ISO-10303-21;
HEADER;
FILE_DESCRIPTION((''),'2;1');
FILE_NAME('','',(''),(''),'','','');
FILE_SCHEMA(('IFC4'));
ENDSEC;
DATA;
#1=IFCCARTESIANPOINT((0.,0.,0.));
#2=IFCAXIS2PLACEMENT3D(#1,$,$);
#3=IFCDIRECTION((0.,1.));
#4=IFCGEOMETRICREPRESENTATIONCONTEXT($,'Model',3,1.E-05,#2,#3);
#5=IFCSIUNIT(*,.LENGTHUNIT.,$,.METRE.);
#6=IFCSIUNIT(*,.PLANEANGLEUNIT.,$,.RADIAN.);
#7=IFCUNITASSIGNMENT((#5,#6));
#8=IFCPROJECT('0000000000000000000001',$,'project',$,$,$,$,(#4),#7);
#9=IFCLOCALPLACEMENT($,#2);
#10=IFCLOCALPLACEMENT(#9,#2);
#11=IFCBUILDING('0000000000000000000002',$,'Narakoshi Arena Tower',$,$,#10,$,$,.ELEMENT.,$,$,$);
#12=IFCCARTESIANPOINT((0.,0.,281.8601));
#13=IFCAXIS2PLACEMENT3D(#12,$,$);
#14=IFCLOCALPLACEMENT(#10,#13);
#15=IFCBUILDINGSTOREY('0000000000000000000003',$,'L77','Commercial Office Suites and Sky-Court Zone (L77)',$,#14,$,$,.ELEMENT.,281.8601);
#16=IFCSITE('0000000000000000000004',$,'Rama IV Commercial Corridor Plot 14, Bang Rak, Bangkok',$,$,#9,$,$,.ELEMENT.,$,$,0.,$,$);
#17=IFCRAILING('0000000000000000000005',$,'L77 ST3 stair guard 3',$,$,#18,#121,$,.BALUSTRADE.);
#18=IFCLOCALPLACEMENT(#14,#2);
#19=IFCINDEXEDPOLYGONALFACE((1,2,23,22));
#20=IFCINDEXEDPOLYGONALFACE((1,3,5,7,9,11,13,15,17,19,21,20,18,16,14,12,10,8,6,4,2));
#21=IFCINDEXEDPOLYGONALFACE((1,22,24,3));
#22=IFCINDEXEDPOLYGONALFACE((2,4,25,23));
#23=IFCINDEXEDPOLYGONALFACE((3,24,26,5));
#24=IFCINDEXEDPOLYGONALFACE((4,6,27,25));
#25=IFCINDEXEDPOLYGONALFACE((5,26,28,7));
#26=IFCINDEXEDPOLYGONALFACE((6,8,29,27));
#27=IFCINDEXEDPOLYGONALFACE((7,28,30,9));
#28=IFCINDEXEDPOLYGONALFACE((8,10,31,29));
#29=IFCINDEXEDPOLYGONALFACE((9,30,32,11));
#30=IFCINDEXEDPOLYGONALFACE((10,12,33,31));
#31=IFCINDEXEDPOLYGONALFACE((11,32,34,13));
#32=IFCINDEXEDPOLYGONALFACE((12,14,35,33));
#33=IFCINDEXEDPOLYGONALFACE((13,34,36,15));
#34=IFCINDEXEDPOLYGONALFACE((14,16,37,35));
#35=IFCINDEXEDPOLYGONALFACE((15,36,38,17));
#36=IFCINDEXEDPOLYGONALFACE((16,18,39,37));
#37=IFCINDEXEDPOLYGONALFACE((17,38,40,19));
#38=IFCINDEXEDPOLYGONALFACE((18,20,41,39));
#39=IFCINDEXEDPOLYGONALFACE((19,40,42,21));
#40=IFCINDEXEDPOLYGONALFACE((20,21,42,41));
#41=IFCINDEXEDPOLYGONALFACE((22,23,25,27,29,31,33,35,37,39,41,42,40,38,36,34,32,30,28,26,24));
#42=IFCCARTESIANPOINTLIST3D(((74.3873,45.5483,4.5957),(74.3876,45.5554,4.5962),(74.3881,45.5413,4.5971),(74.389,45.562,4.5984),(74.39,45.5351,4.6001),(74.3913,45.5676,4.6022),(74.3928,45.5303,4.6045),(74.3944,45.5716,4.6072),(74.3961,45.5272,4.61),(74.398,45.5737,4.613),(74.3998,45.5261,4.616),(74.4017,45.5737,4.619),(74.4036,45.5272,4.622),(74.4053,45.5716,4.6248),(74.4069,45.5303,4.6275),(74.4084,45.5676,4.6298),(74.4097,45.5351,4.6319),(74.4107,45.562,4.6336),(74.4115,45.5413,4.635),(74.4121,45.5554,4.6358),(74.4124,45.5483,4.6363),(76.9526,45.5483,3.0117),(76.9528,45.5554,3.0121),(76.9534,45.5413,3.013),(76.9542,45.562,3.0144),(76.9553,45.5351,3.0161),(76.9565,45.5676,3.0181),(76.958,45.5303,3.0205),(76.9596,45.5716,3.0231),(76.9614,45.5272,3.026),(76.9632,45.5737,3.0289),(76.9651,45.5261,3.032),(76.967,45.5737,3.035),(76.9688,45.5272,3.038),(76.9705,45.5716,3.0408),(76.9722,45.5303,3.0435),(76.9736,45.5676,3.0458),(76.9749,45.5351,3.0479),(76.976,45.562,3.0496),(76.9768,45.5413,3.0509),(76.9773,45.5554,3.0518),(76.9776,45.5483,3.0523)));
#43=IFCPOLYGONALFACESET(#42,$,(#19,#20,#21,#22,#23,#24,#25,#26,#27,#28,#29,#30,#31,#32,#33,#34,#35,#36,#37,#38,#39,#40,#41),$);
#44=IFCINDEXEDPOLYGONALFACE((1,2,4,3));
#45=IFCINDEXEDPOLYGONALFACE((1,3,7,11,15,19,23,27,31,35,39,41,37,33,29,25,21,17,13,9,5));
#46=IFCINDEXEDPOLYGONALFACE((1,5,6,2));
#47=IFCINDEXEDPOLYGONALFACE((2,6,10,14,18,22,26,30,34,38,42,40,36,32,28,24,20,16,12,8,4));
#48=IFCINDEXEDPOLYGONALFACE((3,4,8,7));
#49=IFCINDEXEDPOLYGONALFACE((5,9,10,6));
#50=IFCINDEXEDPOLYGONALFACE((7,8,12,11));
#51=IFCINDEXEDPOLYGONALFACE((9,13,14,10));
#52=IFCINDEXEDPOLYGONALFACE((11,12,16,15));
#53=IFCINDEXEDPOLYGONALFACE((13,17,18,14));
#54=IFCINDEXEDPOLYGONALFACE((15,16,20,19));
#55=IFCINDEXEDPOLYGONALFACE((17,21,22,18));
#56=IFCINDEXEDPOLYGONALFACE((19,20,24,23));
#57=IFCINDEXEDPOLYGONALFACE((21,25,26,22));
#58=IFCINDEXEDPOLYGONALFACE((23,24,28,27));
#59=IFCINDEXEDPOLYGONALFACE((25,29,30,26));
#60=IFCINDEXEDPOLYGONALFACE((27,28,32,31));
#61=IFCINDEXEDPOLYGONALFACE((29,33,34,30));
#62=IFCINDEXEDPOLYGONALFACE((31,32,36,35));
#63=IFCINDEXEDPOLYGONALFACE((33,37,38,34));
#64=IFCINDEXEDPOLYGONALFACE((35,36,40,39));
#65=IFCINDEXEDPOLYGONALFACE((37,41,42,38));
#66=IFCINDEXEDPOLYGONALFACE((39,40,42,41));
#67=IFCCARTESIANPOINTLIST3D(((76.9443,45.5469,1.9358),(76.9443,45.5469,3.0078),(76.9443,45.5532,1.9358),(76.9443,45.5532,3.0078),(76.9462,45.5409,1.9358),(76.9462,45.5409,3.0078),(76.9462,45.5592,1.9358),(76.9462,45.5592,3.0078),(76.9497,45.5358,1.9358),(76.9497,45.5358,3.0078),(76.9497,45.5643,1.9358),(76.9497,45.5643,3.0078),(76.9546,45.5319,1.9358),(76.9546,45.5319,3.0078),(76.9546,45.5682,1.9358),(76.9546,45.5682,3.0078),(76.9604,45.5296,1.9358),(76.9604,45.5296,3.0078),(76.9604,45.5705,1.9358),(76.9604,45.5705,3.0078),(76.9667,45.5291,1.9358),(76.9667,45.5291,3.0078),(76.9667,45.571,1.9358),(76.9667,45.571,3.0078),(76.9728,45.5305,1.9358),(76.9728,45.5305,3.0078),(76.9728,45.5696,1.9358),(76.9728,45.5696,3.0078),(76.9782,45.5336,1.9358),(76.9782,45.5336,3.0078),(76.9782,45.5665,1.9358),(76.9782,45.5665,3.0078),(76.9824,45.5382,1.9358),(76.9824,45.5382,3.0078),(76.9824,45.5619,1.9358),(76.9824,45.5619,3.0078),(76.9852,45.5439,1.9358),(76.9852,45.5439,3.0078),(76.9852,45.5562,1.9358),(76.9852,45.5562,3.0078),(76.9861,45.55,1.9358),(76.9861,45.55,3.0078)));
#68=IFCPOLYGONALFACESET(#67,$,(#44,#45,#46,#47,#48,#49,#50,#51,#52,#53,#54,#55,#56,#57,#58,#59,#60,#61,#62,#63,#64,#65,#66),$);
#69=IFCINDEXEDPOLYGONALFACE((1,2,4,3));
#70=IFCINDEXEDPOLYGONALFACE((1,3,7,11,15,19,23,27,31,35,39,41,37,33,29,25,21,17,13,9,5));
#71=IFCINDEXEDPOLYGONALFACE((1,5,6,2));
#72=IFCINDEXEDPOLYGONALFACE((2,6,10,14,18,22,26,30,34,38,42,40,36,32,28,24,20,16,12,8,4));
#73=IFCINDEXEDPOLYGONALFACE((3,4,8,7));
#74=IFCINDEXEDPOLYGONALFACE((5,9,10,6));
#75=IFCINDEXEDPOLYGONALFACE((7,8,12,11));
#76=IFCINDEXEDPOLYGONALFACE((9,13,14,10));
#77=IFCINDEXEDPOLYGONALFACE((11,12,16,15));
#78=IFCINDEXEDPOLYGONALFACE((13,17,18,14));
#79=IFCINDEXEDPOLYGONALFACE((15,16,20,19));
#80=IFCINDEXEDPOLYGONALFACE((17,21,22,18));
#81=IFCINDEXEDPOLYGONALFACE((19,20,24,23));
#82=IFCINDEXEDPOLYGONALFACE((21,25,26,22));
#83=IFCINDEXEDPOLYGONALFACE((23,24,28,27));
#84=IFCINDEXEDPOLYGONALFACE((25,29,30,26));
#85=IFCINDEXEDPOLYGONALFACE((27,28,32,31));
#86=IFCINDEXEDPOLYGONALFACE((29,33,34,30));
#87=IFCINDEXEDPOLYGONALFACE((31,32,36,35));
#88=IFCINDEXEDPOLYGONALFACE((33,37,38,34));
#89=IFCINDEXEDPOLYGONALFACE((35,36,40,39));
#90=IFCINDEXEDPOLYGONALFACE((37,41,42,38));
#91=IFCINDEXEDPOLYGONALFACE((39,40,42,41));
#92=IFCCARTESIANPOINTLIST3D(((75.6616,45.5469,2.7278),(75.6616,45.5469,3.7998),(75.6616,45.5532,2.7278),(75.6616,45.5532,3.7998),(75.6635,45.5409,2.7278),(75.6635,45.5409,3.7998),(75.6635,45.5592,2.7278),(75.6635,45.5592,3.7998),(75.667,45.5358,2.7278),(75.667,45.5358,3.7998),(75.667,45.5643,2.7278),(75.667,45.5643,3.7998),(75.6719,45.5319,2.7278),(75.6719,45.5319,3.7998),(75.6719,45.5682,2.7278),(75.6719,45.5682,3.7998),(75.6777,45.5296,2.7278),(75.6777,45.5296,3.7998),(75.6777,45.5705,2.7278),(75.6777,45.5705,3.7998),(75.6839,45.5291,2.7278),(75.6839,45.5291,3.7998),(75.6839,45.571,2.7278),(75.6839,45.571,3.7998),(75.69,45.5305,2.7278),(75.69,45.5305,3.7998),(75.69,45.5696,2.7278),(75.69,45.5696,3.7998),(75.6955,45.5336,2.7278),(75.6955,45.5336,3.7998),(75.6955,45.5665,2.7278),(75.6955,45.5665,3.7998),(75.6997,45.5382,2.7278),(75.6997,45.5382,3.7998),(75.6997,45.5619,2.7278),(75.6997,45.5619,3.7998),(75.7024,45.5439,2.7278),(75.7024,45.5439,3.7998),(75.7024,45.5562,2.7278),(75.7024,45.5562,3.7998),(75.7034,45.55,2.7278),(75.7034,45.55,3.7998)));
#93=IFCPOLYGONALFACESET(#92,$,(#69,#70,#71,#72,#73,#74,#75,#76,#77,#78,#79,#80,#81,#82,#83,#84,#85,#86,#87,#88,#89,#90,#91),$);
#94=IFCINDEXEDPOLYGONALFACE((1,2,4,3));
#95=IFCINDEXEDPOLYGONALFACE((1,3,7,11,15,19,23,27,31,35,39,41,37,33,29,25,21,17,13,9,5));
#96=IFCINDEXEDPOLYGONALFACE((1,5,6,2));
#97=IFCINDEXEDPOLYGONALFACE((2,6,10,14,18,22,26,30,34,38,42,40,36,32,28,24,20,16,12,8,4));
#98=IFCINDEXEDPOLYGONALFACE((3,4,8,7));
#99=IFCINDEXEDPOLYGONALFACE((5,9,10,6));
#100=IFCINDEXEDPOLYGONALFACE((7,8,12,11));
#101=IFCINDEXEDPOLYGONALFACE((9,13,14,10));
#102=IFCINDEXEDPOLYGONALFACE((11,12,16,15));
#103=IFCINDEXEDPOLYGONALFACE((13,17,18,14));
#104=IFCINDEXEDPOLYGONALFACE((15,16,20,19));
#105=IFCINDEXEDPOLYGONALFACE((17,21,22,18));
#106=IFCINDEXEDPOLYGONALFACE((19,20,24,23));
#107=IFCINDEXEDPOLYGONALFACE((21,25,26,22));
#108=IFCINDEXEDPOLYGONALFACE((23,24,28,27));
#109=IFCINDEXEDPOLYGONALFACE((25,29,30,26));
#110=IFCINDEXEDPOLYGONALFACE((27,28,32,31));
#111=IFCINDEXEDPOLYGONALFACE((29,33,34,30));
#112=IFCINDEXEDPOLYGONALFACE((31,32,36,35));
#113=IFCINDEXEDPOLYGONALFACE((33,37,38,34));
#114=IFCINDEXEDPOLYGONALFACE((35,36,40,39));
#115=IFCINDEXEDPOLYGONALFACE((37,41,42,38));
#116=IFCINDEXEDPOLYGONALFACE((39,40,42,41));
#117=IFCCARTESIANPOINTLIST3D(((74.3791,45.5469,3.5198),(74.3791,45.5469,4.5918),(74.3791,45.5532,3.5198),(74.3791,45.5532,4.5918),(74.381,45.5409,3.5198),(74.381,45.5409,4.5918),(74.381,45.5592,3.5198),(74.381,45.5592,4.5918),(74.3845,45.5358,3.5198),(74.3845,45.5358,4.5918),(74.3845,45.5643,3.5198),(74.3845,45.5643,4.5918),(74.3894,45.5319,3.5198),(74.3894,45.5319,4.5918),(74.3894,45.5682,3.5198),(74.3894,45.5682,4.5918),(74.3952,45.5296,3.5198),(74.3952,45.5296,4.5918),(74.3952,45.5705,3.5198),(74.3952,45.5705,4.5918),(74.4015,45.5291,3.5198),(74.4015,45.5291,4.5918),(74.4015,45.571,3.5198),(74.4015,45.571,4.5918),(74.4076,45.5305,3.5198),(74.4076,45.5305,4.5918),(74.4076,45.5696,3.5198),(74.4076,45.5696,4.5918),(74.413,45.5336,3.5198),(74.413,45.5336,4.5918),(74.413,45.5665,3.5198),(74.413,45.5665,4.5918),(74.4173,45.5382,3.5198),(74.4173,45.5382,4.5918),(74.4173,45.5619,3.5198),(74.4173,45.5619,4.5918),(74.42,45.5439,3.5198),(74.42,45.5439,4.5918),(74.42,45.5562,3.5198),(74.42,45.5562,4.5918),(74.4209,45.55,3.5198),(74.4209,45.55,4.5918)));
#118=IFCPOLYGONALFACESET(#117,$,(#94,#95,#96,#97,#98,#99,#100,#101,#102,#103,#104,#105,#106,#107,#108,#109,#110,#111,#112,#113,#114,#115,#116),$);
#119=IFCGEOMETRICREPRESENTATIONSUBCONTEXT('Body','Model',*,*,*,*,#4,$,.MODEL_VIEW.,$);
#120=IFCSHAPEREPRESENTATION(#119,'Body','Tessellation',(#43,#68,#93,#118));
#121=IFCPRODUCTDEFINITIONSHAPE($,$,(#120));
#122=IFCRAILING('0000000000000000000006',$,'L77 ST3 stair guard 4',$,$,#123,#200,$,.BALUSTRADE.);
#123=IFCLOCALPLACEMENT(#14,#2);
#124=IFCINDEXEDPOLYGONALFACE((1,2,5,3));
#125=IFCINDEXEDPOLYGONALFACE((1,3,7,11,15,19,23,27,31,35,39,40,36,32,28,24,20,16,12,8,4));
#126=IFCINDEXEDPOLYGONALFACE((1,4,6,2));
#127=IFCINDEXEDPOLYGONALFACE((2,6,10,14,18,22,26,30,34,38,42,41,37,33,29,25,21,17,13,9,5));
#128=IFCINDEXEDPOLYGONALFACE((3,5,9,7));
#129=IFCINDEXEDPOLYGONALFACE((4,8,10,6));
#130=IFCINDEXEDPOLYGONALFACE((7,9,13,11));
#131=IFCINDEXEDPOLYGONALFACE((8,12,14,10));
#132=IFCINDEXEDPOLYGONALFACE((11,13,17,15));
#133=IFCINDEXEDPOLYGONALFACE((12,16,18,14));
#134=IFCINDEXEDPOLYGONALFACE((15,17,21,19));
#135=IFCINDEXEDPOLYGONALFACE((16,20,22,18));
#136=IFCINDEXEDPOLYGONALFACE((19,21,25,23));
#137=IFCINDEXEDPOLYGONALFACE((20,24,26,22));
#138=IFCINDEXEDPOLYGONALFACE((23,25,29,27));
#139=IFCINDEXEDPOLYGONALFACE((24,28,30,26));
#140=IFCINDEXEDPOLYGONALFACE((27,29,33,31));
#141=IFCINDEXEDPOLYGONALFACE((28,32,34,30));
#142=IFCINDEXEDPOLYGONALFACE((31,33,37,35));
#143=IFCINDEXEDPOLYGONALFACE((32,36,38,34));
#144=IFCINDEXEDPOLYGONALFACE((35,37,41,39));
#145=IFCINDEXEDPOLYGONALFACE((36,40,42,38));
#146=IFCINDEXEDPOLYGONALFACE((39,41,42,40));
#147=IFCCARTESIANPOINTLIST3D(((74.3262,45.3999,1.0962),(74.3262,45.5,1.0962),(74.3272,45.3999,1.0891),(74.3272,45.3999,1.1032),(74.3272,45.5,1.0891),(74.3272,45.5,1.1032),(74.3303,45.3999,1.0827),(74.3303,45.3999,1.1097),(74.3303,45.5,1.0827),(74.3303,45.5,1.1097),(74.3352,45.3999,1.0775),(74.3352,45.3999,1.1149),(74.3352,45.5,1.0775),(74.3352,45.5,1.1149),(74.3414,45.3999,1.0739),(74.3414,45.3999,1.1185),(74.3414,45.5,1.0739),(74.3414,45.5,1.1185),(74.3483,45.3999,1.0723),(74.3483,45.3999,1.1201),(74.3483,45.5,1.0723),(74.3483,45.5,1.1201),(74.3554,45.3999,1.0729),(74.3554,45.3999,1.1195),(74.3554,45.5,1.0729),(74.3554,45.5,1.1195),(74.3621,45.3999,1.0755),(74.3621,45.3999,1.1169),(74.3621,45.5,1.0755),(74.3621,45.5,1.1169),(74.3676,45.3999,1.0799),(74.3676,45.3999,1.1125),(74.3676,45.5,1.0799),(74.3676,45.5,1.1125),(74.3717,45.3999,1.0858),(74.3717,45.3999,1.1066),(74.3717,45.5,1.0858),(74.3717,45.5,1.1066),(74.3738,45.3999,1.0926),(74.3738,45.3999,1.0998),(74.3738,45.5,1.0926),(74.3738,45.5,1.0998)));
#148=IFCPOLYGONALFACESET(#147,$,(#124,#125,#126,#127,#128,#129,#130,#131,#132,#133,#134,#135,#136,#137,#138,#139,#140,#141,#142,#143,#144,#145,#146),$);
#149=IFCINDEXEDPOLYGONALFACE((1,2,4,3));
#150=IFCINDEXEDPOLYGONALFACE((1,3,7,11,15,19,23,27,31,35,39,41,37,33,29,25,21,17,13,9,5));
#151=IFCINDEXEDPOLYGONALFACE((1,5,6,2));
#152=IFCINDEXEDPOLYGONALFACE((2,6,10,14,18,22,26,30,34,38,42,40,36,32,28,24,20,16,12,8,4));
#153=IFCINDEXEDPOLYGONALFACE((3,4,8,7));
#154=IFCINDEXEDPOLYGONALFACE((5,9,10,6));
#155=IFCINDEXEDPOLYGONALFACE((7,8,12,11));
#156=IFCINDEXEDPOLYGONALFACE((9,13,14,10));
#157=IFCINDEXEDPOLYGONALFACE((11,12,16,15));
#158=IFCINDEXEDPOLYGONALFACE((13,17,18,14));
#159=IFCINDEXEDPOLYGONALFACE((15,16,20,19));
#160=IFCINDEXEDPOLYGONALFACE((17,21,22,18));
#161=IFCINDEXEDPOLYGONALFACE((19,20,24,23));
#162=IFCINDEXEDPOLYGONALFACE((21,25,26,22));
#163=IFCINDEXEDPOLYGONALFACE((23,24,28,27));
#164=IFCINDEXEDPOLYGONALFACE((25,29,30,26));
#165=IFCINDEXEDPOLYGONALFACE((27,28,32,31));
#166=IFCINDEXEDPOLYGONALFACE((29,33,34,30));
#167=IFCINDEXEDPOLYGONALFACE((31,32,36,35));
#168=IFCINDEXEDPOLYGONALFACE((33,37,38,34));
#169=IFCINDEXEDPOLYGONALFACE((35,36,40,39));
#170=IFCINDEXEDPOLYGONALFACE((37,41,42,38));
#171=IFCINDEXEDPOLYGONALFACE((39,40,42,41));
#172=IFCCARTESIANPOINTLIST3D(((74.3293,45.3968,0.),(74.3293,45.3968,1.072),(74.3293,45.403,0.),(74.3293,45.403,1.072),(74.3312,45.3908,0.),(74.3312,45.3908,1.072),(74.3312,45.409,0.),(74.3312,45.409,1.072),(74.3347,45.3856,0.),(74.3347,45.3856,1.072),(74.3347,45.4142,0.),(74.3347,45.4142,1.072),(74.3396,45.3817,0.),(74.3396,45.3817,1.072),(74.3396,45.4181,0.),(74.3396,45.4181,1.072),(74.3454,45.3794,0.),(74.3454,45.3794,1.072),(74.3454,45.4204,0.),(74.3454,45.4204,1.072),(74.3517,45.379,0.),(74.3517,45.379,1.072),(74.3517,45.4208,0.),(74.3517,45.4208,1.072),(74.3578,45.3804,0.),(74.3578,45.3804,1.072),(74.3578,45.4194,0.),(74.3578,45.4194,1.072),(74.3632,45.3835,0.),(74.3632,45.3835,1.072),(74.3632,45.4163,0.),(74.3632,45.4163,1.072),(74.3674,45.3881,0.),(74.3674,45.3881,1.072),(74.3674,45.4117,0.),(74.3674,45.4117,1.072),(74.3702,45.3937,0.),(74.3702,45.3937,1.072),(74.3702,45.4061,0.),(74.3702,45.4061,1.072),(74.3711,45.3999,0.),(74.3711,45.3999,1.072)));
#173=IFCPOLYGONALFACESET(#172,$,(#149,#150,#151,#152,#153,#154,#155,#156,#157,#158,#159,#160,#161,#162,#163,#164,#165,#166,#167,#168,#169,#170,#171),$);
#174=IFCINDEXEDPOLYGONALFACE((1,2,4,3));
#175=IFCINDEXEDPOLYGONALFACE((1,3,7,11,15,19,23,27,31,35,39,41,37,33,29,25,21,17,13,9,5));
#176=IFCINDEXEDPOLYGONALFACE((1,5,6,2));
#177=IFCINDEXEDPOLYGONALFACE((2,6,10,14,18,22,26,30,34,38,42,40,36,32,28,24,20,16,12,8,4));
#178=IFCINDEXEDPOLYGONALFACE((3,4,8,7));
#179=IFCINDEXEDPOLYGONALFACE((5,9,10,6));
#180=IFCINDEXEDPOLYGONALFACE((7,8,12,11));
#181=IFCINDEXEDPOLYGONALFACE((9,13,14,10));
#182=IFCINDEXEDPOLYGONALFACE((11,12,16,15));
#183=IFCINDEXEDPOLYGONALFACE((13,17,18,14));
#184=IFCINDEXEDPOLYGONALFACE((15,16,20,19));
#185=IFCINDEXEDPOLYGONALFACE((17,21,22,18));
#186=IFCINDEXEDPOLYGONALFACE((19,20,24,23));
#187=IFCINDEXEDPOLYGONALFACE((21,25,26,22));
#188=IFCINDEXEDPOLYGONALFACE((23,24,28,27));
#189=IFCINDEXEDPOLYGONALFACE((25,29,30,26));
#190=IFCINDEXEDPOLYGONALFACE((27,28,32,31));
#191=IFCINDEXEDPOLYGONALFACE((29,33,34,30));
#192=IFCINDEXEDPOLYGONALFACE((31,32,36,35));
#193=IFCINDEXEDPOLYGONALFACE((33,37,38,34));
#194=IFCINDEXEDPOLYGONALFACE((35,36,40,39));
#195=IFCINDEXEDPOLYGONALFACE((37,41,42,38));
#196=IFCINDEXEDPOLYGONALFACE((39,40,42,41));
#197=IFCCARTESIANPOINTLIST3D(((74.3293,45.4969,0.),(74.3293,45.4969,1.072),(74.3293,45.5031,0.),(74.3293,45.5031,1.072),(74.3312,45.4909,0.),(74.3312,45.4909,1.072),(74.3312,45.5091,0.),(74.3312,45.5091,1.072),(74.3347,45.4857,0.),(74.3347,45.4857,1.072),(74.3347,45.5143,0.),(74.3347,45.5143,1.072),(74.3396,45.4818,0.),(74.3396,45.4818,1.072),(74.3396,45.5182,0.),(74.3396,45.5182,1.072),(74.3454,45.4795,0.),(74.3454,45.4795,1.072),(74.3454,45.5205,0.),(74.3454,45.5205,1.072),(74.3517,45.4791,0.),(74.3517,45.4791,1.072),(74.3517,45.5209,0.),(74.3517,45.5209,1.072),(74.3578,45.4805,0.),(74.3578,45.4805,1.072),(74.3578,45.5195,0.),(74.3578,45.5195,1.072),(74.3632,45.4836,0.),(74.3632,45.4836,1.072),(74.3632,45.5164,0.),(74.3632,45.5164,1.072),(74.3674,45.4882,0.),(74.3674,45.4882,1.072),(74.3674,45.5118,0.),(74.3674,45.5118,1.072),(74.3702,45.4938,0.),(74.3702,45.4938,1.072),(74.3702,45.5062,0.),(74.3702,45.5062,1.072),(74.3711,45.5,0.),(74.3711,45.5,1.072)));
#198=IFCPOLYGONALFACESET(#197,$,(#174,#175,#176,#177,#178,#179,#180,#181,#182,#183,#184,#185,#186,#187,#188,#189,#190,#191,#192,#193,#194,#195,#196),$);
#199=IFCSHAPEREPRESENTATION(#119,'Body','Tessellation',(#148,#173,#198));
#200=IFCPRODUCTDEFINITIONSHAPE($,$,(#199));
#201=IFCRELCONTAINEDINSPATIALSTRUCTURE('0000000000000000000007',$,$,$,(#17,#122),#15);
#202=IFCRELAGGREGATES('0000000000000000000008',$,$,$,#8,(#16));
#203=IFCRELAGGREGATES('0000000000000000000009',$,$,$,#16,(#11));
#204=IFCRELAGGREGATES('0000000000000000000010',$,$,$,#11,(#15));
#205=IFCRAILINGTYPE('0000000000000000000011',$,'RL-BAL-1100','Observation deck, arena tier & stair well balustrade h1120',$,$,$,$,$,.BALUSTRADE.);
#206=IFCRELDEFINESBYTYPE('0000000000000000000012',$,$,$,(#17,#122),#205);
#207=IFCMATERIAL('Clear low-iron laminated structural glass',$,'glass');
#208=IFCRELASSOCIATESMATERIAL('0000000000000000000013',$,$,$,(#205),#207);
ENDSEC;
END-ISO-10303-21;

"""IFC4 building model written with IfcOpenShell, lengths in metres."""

from ifc_helpers import new_model, si_unit, direction, frame, origin, origin_2d, place, context, subcontext, project, spatial, circle, extrude, material, type_object, element, save


model = new_model("IFC4")

# Units and contexts
model_context = context("Model", 3, precision=1e-05, world=origin(), true_north=direction((0.0, 1.0)))
body_context = subcontext(model_context, "Body", "Model", "MODEL_VIEW")
ifc_project = project(units=[si_unit("LENGTHUNIT", "METRE"), si_unit("PLANEANGLEUNIT", "RADIAN")], contexts=[model_context])

# Site, building, storey
site_placement = place(None, origin())
site = spatial("IfcSite", under=ifc_project, at=site_placement, Name="Rama IV Commercial Corridor Plot 14, Bang Rak, Bangkok", CompositionType="ELEMENT", RefElevation=0.0)
building_placement = place(site_placement, origin())
building = spatial("IfcBuilding", under=site, at=building_placement, Name="Narakoshi Arena Tower", CompositionType="ELEMENT")
storey_placement = place(building_placement, frame((0.0, 0.0, 281.8601)))
storey = spatial("IfcBuildingStorey", under=building, at=storey_placement, Name="L77", Description="Commercial Office Suites and Sky-Court Zone (L77)", CompositionType="ELEMENT", Elevation=281.8601)

# Railings
ifc_material_1 = material(Name="Clear low-iron laminated structural glass", Category="glass")
railing_type_1 = type_object("IfcRailingType", Name="RL-BAL-1100", Description="Observation deck, arena tier & stair well balustrade h1120", PredefinedType="BALUSTRADE", material=ifc_material_1)
railing_1_placement = place(storey_placement, frame((76.9651, 45.55, 1.9358)))
element("IfcRailing", 1, at=railing_1_placement, inside=storey, type_object=railing_type_1, Name="L77 ST3 stair guard 3", PredefinedType="BALUSTRADE", context=body_context, shape_type="SweptSolid", body=[
    extrude(circle(Radius=0.0239, at=origin_2d()), frame((0.0, 0.0, 1.0962), z_axis=(-0.850857, 0.0, 0.525398), x_axis=(0.0, -1.0, 0.0)), (0.0, 0.0, 1.0), 3.0149),
    extrude(circle(Radius=0.021, at=origin_2d()), origin(), (0.0, 0.0, 1.0), 1.072),
    extrude(circle(Radius=0.021, at=origin_2d()), frame((-1.2827, 0.0, 0.792)), (0.0, 0.0, 1.0), 1.072),
    extrude(circle(Radius=0.021, at=origin_2d()), frame((-2.5652, 0.0, 1.584)), (0.0, 0.0, 1.0), 1.072),
])
railing_2_placement = place(storey_placement, frame((74.3501, 45.3999, 0.0)))
element("IfcRailing", 2, at=railing_2_placement, inside=storey, type_object=railing_type_1, Name="L77 ST3 stair guard 4", PredefinedType="BALUSTRADE", context=body_context, shape_type="SweptSolid", body=[
    extrude(circle(Radius=0.0239, at=origin_2d()), frame((0.0, 0.0, 1.0962), z_axis=(0.0, 1.0, 0.0), x_axis=(-1.0, 0.0, 0.0)), (0.0, 0.0, 1.0), 0.1001),
    extrude(circle(Radius=0.021, at=origin_2d()), origin(), (0.0, 0.0, 1.0), 1.072),
    extrude(circle(Radius=0.021, at=origin_2d()), frame((0.0, 0.1001, 0.0)), (0.0, 0.0, 1.0), 1.072),
])

save(model, "model.ifc")
